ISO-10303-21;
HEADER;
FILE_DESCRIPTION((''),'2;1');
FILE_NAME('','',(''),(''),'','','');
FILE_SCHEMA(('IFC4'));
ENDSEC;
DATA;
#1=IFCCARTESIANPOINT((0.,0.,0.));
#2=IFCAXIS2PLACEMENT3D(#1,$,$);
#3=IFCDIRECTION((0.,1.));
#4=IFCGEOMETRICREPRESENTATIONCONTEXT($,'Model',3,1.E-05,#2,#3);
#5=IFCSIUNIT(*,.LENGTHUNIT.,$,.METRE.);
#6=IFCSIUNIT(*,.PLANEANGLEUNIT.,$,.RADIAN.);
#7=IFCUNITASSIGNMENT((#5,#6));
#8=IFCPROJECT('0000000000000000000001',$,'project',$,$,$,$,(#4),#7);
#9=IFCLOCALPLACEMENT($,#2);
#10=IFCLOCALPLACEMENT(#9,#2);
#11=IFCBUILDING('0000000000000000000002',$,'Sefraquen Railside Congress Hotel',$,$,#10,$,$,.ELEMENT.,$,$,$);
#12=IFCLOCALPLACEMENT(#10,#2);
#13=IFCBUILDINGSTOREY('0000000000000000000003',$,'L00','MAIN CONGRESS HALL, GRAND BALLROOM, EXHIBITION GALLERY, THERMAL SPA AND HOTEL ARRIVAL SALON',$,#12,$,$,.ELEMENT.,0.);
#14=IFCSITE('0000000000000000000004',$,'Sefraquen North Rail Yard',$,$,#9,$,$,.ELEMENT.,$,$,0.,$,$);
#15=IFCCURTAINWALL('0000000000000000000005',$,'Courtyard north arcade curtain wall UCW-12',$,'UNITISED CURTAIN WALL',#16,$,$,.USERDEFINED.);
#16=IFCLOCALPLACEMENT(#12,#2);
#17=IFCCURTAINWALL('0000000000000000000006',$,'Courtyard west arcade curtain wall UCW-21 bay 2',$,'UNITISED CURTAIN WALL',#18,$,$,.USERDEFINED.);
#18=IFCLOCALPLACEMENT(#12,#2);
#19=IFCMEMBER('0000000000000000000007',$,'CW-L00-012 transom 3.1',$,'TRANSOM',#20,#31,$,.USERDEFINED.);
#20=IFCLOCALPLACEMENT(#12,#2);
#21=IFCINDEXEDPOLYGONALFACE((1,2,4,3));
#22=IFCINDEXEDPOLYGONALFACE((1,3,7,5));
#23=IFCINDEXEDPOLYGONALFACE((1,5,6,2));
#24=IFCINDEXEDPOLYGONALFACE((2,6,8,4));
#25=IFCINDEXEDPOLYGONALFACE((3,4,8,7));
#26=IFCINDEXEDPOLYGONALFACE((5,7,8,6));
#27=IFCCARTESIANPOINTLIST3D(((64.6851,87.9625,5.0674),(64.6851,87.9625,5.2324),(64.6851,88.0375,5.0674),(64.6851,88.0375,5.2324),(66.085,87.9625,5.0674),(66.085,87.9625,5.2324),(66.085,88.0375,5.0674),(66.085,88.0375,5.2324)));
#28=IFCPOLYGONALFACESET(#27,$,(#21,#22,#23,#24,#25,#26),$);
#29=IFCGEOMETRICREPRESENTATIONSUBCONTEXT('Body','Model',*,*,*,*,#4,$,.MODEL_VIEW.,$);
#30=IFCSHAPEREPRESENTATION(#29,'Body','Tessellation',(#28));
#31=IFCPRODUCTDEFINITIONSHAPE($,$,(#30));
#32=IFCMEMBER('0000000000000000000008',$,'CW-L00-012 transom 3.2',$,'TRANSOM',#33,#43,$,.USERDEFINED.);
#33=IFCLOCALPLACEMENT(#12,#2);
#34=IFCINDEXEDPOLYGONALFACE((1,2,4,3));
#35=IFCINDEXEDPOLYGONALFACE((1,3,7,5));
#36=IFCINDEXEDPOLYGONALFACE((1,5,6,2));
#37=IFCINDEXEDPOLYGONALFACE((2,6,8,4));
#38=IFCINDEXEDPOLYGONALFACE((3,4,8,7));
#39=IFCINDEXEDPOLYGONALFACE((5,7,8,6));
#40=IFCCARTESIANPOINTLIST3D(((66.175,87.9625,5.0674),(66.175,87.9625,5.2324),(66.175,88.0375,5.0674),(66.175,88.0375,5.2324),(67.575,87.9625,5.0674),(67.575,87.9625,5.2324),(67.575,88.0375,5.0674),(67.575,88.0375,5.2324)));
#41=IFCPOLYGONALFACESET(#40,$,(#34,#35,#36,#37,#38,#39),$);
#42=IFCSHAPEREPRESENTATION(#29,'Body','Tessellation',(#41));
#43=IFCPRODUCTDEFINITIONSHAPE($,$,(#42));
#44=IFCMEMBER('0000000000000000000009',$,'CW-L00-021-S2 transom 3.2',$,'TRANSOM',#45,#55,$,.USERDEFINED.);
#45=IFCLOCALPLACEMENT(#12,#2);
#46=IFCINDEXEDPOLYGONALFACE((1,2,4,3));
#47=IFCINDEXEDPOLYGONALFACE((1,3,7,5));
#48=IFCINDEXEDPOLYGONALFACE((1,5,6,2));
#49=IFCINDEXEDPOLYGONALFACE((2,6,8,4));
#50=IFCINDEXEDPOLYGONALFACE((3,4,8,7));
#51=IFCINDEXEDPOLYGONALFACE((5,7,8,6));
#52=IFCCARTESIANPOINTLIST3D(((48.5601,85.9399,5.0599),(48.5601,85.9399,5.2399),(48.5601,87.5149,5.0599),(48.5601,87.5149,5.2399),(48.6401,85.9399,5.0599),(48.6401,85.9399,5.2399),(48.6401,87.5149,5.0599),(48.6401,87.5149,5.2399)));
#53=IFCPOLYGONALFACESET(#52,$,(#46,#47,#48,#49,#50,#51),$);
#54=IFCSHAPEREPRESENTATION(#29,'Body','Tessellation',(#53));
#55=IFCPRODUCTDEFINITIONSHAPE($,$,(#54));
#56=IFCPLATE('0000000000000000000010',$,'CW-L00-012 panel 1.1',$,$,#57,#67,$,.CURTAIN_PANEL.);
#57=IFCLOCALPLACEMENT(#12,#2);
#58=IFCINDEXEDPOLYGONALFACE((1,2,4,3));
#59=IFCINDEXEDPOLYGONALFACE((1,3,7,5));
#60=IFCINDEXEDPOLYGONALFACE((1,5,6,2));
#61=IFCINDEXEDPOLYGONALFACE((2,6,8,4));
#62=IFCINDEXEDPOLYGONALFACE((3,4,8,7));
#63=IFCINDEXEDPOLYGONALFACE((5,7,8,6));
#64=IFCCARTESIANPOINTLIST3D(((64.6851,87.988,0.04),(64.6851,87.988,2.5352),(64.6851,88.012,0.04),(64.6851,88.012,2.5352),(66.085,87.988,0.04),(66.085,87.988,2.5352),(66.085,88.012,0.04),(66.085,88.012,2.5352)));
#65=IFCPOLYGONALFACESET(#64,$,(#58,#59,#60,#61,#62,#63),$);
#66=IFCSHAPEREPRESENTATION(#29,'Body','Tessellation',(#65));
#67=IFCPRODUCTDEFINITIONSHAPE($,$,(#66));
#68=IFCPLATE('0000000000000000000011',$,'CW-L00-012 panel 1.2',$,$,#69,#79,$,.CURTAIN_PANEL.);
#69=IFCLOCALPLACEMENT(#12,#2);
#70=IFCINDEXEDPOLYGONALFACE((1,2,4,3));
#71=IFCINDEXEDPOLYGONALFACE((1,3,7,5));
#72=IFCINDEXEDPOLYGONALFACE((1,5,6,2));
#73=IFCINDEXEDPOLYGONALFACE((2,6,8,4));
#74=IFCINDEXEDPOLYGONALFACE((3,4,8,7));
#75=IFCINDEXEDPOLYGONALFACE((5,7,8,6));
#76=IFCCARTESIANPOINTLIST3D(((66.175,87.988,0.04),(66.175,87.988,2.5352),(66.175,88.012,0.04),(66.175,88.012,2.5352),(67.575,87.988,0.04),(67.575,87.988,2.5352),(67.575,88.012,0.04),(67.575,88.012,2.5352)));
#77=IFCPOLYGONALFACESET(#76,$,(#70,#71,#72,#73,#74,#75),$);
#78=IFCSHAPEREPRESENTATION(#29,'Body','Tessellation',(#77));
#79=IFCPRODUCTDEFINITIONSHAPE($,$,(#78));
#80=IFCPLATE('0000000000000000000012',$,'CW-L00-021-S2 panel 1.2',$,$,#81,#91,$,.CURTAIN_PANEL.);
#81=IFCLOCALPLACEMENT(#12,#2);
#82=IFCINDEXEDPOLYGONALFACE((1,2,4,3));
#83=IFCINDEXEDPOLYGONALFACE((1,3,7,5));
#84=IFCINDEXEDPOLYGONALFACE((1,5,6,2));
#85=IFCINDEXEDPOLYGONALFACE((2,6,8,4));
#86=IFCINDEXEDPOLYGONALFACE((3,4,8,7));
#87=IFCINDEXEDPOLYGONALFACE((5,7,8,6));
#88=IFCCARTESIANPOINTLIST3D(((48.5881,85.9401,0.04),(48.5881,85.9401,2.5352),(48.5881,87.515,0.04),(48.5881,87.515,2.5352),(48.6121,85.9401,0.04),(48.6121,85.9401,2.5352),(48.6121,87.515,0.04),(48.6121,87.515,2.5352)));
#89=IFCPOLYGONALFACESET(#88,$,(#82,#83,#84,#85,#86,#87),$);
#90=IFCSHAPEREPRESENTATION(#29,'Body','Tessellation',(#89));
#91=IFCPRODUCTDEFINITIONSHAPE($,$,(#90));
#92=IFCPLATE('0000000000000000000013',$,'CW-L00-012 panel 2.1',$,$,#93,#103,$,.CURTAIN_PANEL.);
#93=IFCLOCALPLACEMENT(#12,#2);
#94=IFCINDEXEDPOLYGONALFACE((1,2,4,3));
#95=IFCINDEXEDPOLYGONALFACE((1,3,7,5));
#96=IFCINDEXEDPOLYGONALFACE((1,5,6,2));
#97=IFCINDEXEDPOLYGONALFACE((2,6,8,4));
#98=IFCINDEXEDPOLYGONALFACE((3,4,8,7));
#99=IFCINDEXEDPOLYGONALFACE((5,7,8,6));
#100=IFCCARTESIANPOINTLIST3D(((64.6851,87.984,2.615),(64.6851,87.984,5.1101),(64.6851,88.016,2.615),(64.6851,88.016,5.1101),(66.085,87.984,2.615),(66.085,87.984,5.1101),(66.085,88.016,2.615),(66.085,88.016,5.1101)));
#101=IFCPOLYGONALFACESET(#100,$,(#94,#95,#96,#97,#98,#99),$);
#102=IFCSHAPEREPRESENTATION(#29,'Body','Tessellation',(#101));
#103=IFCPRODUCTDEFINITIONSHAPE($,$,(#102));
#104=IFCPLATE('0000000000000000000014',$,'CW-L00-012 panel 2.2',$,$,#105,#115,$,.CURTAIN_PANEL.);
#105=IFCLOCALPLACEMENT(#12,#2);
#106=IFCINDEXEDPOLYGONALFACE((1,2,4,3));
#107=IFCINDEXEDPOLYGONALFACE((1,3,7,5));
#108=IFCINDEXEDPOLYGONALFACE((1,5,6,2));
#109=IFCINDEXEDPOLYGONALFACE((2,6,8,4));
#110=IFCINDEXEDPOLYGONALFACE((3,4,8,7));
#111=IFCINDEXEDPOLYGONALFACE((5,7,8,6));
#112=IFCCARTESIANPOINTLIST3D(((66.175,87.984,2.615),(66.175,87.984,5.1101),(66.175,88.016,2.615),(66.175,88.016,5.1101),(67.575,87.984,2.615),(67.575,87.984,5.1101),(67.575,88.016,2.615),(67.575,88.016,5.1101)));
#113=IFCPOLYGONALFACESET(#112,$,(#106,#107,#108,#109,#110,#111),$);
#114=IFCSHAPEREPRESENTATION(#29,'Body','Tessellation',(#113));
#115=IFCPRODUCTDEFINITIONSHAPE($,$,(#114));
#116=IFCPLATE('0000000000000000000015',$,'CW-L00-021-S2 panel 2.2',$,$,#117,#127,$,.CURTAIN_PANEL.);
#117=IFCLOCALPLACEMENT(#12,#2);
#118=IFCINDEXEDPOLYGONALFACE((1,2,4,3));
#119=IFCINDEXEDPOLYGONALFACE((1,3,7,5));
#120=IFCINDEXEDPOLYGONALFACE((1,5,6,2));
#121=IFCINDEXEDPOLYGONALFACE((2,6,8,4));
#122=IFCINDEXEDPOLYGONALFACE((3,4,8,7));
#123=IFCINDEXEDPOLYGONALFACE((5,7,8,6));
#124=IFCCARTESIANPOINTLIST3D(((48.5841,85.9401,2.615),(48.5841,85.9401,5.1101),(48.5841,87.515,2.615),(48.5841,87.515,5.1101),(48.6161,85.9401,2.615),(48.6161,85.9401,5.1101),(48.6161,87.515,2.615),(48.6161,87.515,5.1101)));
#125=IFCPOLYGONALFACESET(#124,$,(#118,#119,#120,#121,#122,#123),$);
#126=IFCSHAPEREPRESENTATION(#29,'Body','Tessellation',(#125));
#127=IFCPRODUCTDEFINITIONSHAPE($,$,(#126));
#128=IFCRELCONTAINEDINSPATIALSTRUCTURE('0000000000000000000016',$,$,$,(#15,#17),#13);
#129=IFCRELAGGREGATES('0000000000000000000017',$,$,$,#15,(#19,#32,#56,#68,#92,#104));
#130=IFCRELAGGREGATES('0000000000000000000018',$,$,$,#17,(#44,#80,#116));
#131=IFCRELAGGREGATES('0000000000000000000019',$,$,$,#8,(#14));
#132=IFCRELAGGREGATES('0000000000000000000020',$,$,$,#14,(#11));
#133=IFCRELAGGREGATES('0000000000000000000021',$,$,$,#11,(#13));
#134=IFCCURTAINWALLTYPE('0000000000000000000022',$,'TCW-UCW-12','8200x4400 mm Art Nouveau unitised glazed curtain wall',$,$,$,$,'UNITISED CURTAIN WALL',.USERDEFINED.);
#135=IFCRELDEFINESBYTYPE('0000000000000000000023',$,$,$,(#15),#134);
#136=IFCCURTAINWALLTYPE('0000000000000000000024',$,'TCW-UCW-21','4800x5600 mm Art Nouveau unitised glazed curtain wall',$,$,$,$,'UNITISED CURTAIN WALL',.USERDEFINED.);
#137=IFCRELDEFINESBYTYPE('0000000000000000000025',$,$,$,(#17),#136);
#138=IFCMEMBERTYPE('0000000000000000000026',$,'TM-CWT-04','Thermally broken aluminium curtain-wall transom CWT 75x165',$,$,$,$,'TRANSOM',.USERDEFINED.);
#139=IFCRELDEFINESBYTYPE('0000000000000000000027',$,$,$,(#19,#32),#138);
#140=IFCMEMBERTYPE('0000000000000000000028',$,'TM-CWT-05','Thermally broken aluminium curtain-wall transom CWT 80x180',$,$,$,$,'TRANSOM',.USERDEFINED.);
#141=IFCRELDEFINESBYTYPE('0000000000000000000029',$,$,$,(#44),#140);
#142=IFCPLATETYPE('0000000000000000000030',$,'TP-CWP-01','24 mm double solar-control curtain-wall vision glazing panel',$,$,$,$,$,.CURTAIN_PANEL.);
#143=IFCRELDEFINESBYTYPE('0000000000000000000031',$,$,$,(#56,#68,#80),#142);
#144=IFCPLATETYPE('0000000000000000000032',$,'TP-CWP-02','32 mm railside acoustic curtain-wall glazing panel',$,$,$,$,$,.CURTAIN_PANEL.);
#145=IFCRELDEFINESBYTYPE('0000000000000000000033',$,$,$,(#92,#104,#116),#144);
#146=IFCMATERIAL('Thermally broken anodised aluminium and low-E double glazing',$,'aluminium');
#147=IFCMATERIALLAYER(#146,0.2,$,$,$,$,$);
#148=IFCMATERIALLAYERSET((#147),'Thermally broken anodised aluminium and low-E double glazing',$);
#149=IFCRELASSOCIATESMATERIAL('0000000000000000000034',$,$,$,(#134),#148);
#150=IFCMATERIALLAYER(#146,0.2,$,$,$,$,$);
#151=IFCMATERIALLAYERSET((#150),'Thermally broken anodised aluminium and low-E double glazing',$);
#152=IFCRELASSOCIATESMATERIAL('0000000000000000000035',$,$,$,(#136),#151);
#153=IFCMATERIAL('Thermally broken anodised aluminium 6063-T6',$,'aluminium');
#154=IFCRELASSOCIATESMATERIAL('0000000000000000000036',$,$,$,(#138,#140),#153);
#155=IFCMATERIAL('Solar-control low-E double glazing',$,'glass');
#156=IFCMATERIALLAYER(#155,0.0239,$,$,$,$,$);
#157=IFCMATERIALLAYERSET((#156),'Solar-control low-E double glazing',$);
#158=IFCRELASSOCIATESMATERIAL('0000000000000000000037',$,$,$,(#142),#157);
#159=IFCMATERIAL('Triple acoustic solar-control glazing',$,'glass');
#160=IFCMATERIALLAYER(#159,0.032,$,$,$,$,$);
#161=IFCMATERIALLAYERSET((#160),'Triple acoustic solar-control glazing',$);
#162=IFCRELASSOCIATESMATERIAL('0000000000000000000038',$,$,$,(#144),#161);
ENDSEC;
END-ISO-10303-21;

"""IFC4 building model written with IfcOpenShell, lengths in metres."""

from ifc_helpers import new_model, si_unit, direction, frame, origin, origin_2d, place, context, subcontext, project, spatial, rectangle, extrude, material, layer, layer_set, material_profile, profile_set, type_object, element, aggregate, save


model = new_model("IFC4")

# Units and contexts
model_context = context("Model", 3, precision=1e-05, world=origin(), true_north=direction((0.0, 1.0)))
body_context = subcontext(model_context, "Body", "Model", "MODEL_VIEW")
ifc_project = project(units=[si_unit("LENGTHUNIT", "METRE"), si_unit("PLANEANGLEUNIT", "RADIAN")], contexts=[model_context])

# Site, building, storey
site_placement = place(None, origin())
site = spatial("IfcSite", under=ifc_project, at=site_placement, Name="Sefraquen North Rail Yard", CompositionType="ELEMENT", RefElevation=0.0)
building_placement = place(site_placement, origin())
building = spatial("IfcBuilding", under=site, at=building_placement, Name="Sefraquen Railside Congress Hotel", CompositionType="ELEMENT")
storey_placement = place(building_placement, origin())
storey = spatial("IfcBuildingStorey", under=building, at=storey_placement, Name="L00", Description="MAIN CONGRESS HALL, GRAND BALLROOM, EXHIBITION GALLERY, THERMAL SPA AND HOTEL ARRIVAL SALON", CompositionType="ELEMENT", Elevation=0.0)

# Curtain wall
ifc_material_1 = material(Name="Thermally broken anodised aluminium and low-E double glazing", Category="aluminium")
ifc_layer_1 = layer(ifc_material_1, 0.2)
ifc_layer_set_1 = layer_set([ifc_layer_1], Name="Thermally broken anodised aluminium and low-E double glazing")
curtain_wall_type_1 = type_object("IfcCurtainWallType", Name="TCW-UCW-12", Description="8200x4400 mm Art Nouveau unitised glazed curtain wall", ElementType="UNITISED CURTAIN WALL", PredefinedType="USERDEFINED", material=ifc_layer_set_1)
curtain_wall_1_placement = place(storey_placement, origin())
curtain_wall_1 = element("IfcCurtainWall", 1, at=curtain_wall_1_placement, inside=storey, type_object=curtain_wall_type_1, Name="Courtyard north arcade curtain wall UCW-12", ObjectType="UNITISED CURTAIN WALL", PredefinedType="USERDEFINED")
ifc_material_2 = material(Name="Thermally broken anodised aluminium 6063-T6", Category="aluminium")

# Curtain wall
ifc_layer_2 = layer(ifc_material_1, 0.2)
ifc_layer_set_2 = layer_set([ifc_layer_2], Name="Thermally broken anodised aluminium and low-E double glazing")
curtain_wall_type_2 = type_object("IfcCurtainWallType", Name="TCW-UCW-21", Description="4800x5600 mm Art Nouveau unitised glazed curtain wall", ElementType="UNITISED CURTAIN WALL", PredefinedType="USERDEFINED", material=ifc_layer_set_2)
curtain_wall_2_placement = place(storey_placement, origin())
curtain_wall_2 = element("IfcCurtainWall", 2, at=curtain_wall_2_placement, inside=storey, type_object=curtain_wall_type_2, Name="Courtyard west arcade curtain wall UCW-21 bay 2", ObjectType="UNITISED CURTAIN WALL", PredefinedType="USERDEFINED")

# Members
ifc_material_profile_1 = material_profile(ifc_material_2, rectangle(XDim=0.075, YDim=0.165, at=origin_2d()), Name="CWT 75x165")
ifc_profile_set_1 = profile_set([ifc_material_profile_1], Name="Thermally broken anodised aluminium 6063-T6")
member_type_1 = type_object("IfcMemberType", Name="TM-CWT-04", Description="Thermally broken aluminium curtain-wall transom CWT 75x165", ElementType="TRANSOM", PredefinedType="USERDEFINED", material=ifc_profile_set_1)
member_1_placement = place(storey_placement, frame((64.6851, 88.0, 5.1499), z_axis=(1.0, 0.0, 0.0), x_axis=(0.0, 1.0, 0.0)))
member_1 = element("IfcMember", 3, at=member_1_placement, type_object=member_type_1, Name="CW-L00-012 transom 3.1", ObjectType="TRANSOM", PredefinedType="USERDEFINED", context=body_context, shape_type="SweptSolid", body=[
    extrude(rectangle(XDim=0.075, YDim=0.165, at=origin_2d()), origin(), (0.0, 0.0, 1.0), 1.3999),
])
member_2_placement = place(storey_placement, frame((66.175, 88.0, 5.1499), z_axis=(1.0, 0.0, 0.0), x_axis=(0.0, 1.0, 0.0)))
member_2 = element("IfcMember", 4, at=member_2_placement, type_object=member_type_1, Name="CW-L00-012 transom 3.2", ObjectType="TRANSOM", PredefinedType="USERDEFINED", context=body_context, shape_type="SweptSolid", body=[
    extrude(rectangle(XDim=0.075, YDim=0.165, at=origin_2d()), origin(), (0.0, 0.0, 1.0), 1.3999),
])
ifc_material_profile_2 = material_profile(ifc_material_2, rectangle(XDim=0.0801, YDim=0.1799, at=origin_2d()), Name="CWT 80x180")
ifc_profile_set_2 = profile_set([ifc_material_profile_2], Name="Thermally broken anodised aluminium 6063-T6")
member_type_2 = type_object("IfcMemberType", Name="TM-CWT-05", Description="Thermally broken aluminium curtain-wall transom CWT 80x180", ElementType="TRANSOM", PredefinedType="USERDEFINED", material=ifc_profile_set_2)
member_3_placement = place(storey_placement, frame((48.6001, 85.9399, 5.1499), z_axis=(0.0, 1.0, 0.0), x_axis=(-1.0, 0.0, 0.0)))
member_3 = element("IfcMember", 5, at=member_3_placement, type_object=member_type_2, Name="CW-L00-021-S2 transom 3.2", ObjectType="TRANSOM", PredefinedType="USERDEFINED", context=body_context, shape_type="SweptSolid", body=[
    extrude(rectangle(XDim=0.0801, YDim=0.1799, at=origin_2d()), origin(), (0.0, 0.0, 1.0), 1.575),
])

# Plates
ifc_material_3 = material(Name="Solar-control low-E double glazing", Category="glass")
ifc_layer_3 = layer(ifc_material_3, 0.0239)
ifc_layer_set_3 = layer_set([ifc_layer_3], Name="Solar-control low-E double glazing")
plate_type_1 = type_object("IfcPlateType", Name="TP-CWP-01", Description="24 mm double solar-control curtain-wall vision glazing panel", PredefinedType="CURTAIN_PANEL", material=ifc_layer_set_3)
plate_1_placement = place(storey_placement, frame((65.385, 88.0, 0.04), z_axis=(0.0, 0.0, 1.0), x_axis=(1.0, 0.0, 0.0)))
plate_1 = element("IfcPlate", 6, at=plate_1_placement, type_object=plate_type_1, Name="CW-L00-012 panel 1.1", PredefinedType="CURTAIN_PANEL", context=body_context, shape_type="SweptSolid", body=[
    extrude(rectangle(XDim=1.3999, YDim=0.0239, at=origin_2d()), origin(), (0.0, 0.0, 1.0), 2.4951),
])
plate_2_placement = place(storey_placement, frame((66.875, 88.0, 0.04), z_axis=(0.0, 0.0, 1.0), x_axis=(1.0, 0.0, 0.0)))
plate_2 = element("IfcPlate", 7, at=plate_2_placement, type_object=plate_type_1, Name="CW-L00-012 panel 1.2", PredefinedType="CURTAIN_PANEL", context=body_context, shape_type="SweptSolid", body=[
    extrude(rectangle(XDim=1.3999, YDim=0.0239, at=origin_2d()), origin(), (0.0, 0.0, 1.0), 2.4951),
])
plate_3_placement = place(storey_placement, frame((48.6001, 86.7275, 0.04), z_axis=(0.0, 0.0, 1.0), x_axis=(0.0, 1.0, 0.0)))
plate_3 = element("IfcPlate", 8, at=plate_3_placement, type_object=plate_type_1, Name="CW-L00-021-S2 panel 1.2", PredefinedType="CURTAIN_PANEL", context=body_context, shape_type="SweptSolid", body=[
    extrude(rectangle(XDim=1.575, YDim=0.0239, at=origin_2d()), origin(), (0.0, 0.0, 1.0), 2.4951),
])
ifc_material_4 = material(Name="Triple acoustic solar-control glazing", Category="glass")
ifc_layer_4 = layer(ifc_material_4, 0.032)
ifc_layer_set_4 = layer_set([ifc_layer_4], Name="Triple acoustic solar-control glazing")
plate_type_2 = type_object("IfcPlateType", Name="TP-CWP-02", Description="32 mm railside acoustic curtain-wall glazing panel", PredefinedType="CURTAIN_PANEL", material=ifc_layer_set_4)
plate_4_placement = place(storey_placement, frame((65.385, 88.0, 2.615), z_axis=(0.0, 0.0, 1.0), x_axis=(1.0, 0.0, 0.0)))
plate_4 = element("IfcPlate", 9, at=plate_4_placement, type_object=plate_type_2, Name="CW-L00-012 panel 2.1", PredefinedType="CURTAIN_PANEL", context=body_context, shape_type="SweptSolid", body=[
    extrude(rectangle(XDim=1.3999, YDim=0.032, at=origin_2d()), origin(), (0.0, 0.0, 1.0), 2.4951),
])
plate_5_placement = place(storey_placement, frame((66.875, 88.0, 2.615), z_axis=(0.0, 0.0, 1.0), x_axis=(1.0, 0.0, 0.0)))
plate_5 = element("IfcPlate", 10, at=plate_5_placement, type_object=plate_type_2, Name="CW-L00-012 panel 2.2", PredefinedType="CURTAIN_PANEL", context=body_context, shape_type="SweptSolid", body=[
    extrude(rectangle(XDim=1.3999, YDim=0.032, at=origin_2d()), origin(), (0.0, 0.0, 1.0), 2.4951),
])
aggregate(curtain_wall_1, [member_1, member_2, plate_1, plate_2, plate_4, plate_5])
plate_6_placement = place(storey_placement, frame((48.6001, 86.7275, 2.615), z_axis=(0.0, 0.0, 1.0), x_axis=(0.0, 1.0, 0.0)))
plate_6 = element("IfcPlate", 11, at=plate_6_placement, type_object=plate_type_2, Name="CW-L00-021-S2 panel 2.2", PredefinedType="CURTAIN_PANEL", context=body_context, shape_type="SweptSolid", body=[
    extrude(rectangle(XDim=1.575, YDim=0.032, at=origin_2d()), origin(), (0.0, 0.0, 1.0), 2.4951),
])
aggregate(curtain_wall_2, [member_3, plate_3, plate_6])

save(model, "model.ifc")
